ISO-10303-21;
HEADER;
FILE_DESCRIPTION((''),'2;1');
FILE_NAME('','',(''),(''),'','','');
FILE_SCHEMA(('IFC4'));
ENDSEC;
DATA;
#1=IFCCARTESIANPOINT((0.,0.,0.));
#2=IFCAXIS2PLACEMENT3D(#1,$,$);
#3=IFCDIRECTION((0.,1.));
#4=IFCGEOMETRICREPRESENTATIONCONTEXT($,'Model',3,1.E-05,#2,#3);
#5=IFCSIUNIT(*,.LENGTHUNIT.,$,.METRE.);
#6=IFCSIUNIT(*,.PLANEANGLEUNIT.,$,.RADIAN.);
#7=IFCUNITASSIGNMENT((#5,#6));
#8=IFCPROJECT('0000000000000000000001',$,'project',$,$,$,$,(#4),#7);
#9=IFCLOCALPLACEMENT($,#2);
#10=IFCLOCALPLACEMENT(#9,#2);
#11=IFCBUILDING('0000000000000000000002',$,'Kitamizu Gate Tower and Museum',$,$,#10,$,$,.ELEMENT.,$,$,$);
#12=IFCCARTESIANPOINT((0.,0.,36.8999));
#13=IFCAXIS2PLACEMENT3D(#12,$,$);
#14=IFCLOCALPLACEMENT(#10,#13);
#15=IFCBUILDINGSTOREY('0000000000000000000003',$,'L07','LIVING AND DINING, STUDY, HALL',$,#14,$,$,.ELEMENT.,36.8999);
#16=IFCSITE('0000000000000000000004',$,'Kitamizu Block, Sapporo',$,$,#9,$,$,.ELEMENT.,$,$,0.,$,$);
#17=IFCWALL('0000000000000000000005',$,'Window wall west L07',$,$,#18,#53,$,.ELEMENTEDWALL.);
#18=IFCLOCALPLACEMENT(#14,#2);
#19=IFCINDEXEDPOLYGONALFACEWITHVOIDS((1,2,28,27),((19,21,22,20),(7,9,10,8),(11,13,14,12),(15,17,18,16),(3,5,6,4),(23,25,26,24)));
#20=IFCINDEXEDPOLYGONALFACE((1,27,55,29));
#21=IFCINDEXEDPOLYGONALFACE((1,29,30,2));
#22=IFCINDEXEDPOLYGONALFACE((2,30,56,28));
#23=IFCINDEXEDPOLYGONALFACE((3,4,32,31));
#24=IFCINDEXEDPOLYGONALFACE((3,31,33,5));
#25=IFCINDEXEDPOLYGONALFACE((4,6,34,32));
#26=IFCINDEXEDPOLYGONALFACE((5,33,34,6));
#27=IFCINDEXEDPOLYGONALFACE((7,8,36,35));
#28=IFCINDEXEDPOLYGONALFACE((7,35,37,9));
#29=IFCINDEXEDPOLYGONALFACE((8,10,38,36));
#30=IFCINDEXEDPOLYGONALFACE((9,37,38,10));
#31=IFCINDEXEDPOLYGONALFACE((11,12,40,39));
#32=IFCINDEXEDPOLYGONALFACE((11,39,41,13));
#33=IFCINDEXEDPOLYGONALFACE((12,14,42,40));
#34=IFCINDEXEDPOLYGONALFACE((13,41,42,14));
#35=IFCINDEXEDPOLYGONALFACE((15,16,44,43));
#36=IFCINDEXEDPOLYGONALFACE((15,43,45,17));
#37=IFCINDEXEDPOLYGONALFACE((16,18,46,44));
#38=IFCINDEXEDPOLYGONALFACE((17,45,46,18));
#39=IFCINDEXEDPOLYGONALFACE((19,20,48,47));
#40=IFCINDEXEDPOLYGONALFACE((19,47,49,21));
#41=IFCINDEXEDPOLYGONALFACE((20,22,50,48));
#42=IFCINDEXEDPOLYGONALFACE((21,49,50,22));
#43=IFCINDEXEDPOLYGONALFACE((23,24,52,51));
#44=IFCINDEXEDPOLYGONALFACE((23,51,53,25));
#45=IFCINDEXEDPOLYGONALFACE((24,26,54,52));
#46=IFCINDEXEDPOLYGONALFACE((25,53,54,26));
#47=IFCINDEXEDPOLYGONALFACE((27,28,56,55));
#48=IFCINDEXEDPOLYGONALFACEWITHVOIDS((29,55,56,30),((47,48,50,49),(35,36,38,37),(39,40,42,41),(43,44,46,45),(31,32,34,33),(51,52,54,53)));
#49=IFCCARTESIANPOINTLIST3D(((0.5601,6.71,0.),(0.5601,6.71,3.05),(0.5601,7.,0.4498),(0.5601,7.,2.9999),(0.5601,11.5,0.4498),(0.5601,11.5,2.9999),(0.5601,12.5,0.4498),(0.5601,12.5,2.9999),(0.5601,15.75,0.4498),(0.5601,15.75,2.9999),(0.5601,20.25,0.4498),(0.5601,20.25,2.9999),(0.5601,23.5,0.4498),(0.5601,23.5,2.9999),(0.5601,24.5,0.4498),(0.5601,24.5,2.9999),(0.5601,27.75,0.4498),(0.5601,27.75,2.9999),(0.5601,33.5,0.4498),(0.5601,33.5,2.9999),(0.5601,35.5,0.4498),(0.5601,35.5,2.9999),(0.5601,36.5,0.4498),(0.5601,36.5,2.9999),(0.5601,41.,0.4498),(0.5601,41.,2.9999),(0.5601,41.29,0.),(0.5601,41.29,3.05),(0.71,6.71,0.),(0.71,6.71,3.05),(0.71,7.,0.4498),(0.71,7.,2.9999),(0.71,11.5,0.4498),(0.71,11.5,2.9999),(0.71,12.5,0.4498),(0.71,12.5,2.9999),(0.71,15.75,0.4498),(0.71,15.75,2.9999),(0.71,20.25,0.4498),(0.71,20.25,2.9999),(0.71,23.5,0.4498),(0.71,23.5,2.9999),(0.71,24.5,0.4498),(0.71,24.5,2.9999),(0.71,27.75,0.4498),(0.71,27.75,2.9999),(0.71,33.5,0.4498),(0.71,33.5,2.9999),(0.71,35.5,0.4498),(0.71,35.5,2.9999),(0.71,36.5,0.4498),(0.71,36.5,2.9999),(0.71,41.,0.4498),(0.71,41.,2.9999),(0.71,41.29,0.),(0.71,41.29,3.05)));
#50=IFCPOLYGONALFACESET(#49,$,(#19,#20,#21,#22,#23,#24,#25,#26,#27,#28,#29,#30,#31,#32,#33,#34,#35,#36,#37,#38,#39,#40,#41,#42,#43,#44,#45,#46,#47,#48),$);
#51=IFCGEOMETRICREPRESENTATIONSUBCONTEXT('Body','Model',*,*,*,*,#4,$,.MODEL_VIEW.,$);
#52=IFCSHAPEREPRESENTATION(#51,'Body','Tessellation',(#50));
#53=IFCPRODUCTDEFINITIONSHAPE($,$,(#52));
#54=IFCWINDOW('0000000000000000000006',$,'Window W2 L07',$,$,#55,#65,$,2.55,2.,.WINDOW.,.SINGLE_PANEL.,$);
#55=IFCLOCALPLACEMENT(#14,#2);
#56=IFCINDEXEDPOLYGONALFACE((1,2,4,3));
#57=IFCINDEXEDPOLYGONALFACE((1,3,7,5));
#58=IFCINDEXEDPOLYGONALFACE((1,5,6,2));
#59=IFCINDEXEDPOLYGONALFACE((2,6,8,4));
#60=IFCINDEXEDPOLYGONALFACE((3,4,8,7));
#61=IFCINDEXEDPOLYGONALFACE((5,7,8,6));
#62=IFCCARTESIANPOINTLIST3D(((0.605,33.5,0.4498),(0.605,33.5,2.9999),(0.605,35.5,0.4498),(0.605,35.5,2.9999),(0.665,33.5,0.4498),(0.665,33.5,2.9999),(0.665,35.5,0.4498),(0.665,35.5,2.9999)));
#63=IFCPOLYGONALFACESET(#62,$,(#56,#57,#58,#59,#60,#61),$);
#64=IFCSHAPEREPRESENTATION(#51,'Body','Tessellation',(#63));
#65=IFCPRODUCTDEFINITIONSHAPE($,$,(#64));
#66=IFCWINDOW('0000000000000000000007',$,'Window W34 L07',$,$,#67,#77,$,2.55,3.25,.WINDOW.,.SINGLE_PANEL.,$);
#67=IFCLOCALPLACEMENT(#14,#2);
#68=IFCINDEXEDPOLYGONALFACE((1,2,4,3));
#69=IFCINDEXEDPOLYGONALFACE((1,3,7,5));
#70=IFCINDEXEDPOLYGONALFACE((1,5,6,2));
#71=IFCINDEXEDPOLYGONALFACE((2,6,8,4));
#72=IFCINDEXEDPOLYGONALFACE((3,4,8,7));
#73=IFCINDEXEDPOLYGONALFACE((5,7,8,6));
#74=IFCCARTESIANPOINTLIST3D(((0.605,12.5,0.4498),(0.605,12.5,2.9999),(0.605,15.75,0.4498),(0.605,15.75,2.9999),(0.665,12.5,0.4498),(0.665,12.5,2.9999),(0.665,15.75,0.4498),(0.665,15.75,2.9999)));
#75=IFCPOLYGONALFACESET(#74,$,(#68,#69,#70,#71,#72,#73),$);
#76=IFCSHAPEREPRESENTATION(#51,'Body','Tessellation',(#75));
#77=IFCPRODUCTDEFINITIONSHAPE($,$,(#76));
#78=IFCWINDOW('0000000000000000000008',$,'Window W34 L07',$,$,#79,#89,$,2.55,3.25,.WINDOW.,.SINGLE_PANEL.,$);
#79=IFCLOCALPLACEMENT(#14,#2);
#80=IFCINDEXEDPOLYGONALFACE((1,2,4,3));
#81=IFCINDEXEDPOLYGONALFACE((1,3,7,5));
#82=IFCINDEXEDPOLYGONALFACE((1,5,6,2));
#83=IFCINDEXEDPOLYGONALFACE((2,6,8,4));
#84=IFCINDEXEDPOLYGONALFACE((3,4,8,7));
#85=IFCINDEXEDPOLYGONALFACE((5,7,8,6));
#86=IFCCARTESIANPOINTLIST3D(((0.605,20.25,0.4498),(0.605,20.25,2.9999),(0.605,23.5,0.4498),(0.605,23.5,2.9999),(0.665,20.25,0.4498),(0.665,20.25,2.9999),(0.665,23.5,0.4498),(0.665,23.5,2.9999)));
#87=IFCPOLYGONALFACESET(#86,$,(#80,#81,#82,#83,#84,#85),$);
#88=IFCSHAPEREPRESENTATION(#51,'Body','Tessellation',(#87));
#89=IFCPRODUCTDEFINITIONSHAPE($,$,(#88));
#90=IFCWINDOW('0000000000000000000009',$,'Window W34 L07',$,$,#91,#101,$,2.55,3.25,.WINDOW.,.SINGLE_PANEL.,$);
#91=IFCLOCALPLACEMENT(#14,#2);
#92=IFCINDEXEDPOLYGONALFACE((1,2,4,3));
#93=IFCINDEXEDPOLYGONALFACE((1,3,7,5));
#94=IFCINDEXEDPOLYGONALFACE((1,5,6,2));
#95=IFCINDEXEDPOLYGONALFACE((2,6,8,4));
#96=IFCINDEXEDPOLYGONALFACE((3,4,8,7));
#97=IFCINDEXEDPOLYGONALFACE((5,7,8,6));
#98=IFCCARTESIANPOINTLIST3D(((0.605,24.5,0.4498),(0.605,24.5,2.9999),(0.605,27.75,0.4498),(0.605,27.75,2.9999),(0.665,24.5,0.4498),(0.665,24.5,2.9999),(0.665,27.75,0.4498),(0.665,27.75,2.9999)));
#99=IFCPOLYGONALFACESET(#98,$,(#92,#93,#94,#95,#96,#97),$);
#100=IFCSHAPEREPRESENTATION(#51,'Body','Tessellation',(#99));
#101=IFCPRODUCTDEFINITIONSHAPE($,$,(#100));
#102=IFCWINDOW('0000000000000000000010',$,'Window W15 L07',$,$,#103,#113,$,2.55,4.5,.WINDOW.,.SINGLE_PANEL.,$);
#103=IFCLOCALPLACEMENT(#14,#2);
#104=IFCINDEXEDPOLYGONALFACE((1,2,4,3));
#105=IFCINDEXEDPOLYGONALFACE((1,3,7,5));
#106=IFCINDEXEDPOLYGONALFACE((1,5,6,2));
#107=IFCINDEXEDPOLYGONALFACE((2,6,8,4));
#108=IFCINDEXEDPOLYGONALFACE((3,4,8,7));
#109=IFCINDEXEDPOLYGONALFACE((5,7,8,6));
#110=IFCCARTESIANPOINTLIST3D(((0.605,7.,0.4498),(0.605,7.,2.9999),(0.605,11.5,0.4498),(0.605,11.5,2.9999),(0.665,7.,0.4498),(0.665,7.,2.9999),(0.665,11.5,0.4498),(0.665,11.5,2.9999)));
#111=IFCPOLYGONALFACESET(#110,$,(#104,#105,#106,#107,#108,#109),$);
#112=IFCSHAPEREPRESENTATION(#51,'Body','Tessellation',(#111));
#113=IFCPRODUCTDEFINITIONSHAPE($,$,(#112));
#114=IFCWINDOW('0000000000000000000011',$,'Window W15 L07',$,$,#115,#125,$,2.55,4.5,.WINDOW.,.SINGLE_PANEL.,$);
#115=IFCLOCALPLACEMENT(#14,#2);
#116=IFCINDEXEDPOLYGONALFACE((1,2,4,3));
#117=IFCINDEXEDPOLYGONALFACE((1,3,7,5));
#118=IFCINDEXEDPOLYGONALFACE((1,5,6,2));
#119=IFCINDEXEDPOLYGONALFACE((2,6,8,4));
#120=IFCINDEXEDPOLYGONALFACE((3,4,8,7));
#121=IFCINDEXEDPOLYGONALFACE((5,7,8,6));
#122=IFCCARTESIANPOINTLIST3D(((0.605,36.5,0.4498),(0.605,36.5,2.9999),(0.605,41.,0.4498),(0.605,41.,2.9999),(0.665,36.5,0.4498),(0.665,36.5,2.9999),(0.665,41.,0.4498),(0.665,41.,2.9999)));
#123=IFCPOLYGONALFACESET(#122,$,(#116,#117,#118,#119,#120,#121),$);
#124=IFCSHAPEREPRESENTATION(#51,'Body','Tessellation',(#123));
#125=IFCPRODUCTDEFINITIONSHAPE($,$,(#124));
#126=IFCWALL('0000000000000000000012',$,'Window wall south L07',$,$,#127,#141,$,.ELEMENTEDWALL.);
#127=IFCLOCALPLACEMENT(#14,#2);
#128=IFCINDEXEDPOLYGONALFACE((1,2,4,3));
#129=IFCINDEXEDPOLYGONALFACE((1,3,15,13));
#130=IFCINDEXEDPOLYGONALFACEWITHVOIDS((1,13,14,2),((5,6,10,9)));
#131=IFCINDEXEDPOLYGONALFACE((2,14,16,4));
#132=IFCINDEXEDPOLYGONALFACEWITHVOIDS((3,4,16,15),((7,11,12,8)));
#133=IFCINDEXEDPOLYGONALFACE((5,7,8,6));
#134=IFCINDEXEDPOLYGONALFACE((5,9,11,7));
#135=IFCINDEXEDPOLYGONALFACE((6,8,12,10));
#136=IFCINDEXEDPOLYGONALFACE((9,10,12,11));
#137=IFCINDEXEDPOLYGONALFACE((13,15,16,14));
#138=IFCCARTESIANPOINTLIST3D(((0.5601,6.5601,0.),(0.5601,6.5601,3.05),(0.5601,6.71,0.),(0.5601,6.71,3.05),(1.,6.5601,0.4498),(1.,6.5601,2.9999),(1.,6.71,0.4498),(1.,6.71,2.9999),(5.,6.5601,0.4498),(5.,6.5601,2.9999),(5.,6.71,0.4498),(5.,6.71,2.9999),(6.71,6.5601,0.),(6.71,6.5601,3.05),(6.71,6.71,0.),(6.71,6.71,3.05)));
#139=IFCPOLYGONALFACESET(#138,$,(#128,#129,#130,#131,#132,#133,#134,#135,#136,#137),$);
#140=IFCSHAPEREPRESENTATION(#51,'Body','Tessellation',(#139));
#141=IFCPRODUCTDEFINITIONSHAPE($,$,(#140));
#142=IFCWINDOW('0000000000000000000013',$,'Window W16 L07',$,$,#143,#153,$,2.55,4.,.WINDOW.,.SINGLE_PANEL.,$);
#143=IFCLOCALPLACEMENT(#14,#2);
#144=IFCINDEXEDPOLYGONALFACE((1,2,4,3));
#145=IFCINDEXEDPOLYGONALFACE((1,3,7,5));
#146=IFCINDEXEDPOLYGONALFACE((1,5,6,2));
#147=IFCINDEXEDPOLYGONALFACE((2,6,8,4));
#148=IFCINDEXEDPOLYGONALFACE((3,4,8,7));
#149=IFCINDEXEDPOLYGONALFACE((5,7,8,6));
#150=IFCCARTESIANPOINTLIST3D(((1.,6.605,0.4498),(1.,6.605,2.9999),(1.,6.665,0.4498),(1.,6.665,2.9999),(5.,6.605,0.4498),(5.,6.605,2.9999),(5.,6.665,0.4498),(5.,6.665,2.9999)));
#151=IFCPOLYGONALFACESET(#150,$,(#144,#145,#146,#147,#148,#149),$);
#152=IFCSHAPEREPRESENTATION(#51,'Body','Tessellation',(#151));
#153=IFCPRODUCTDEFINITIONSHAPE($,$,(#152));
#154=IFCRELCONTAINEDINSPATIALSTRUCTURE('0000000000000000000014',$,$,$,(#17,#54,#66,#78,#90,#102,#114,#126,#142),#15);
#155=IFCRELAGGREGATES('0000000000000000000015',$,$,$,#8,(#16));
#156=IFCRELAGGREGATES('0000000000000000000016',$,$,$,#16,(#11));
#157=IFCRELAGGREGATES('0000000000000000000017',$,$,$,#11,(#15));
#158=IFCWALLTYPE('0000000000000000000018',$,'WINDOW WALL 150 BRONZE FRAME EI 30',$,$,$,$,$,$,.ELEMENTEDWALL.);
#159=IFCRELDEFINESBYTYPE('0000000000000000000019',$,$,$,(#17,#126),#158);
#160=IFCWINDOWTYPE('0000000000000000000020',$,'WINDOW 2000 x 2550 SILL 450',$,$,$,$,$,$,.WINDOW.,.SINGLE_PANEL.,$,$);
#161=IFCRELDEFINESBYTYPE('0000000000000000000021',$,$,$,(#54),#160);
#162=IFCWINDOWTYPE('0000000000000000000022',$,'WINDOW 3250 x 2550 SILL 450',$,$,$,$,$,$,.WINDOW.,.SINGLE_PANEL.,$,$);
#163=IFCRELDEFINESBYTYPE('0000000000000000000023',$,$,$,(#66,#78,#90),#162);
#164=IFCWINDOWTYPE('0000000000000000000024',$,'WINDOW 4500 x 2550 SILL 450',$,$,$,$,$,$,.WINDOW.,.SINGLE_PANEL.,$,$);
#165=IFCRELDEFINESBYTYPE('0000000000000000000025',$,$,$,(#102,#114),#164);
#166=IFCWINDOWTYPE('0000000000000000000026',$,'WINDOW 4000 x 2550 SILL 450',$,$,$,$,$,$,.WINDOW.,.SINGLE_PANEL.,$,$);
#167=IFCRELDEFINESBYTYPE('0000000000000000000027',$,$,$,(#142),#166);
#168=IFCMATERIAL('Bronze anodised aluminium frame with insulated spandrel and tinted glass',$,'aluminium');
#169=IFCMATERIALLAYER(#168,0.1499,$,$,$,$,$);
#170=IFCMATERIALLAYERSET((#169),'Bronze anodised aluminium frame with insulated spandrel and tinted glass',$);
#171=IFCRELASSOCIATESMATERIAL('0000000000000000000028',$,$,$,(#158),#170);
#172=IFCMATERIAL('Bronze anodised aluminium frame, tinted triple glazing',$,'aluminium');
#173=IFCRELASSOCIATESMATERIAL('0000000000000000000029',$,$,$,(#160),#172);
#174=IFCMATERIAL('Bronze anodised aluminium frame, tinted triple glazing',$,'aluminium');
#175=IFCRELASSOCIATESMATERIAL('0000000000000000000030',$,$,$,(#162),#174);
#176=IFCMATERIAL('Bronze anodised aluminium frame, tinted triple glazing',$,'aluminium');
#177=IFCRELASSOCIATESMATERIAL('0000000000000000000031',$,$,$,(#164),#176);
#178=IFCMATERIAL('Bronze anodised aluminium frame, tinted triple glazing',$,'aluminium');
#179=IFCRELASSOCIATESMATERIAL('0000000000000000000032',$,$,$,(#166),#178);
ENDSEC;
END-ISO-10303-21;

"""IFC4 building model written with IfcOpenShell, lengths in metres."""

from ifc_helpers import new_model, si_unit, direction, frame, frame_2d, origin, place, context, subcontext, project, spatial, rectangle, extrude, material, layer, layer_set, type_object, element, fill, save


model = new_model("IFC4")

# Units and contexts
model_context = context("Model", 3, precision=1e-05, world=origin(), true_north=direction((0.0, 1.0)))
body_context = subcontext(model_context, "Body", "Model", "MODEL_VIEW")
ifc_project = project(units=[si_unit("LENGTHUNIT", "METRE"), si_unit("PLANEANGLEUNIT", "RADIAN")], contexts=[model_context])

# Site, building, storey
site_placement = place(None, origin())
site = spatial("IfcSite", under=ifc_project, at=site_placement, Name="Kitamizu Block, Sapporo", CompositionType="ELEMENT", RefElevation=0.0)
building_placement = place(site_placement, origin())
building = spatial("IfcBuilding", under=site, at=building_placement, Name="Kitamizu Gate Tower and Museum", CompositionType="ELEMENT")
storey_placement = place(building_placement, frame((0.0, 0.0, 36.8999)))
storey = spatial("IfcBuildingStorey", under=building, at=storey_placement, Name="L07", Description="LIVING AND DINING, STUDY, HALL", CompositionType="ELEMENT", Elevation=36.8999)

# Wall, openings, windows
ifc_material_1 = material(Name="Bronze anodised aluminium frame with insulated spandrel and tinted glass", Category="aluminium")
ifc_layer_1 = layer(ifc_material_1, 0.1499)
ifc_layer_set_1 = layer_set([ifc_layer_1], Name="Bronze anodised aluminium frame with insulated spandrel and tinted glass")
wall_type = type_object("IfcWallType", Name="WINDOW WALL 150 BRONZE FRAME EI 30", PredefinedType="ELEMENTEDWALL", material=ifc_layer_set_1)
wall_1_placement = place(storey_placement, frame((0.635, 6.71, 0.0), z_axis=(0.0, 0.0, 1.0), x_axis=(0.0, 1.0, 0.0)))
wall_1 = element("IfcWall", 1, at=wall_1_placement, inside=storey, type_object=wall_type, Name="Window wall west L07", PredefinedType="ELEMENTEDWALL", context=body_context, shape_type="SweptSolid", body=[
    extrude(rectangle(XDim=34.5801, YDim=0.1499, at=frame_2d((17.29, 0.0))), origin(), (0.0, 0.0, 1.0), 3.05),
])
opening_1_placement = place(wall_1_placement, frame((0.29, 0.0, 0.45)))
opening_1 = element("IfcOpeningElement", 2, at=opening_1_placement, cuts=wall_1, PredefinedType="OPENING", context=body_context, shape_type="SweptSolid", body=[
    extrude(rectangle(XDim=4.5, YDim=2.55, at=frame_2d((2.25, 1.2749))), frame((0.0, 0.085, 0.0), z_axis=(0.0, -1.0, 0.0), x_axis=(1.0, 0.0, 0.0)), (0.0, 0.0, 1.0), 0.1699),
])
opening_2_placement = place(wall_1_placement, frame((5.79, 0.0, 0.45)))
opening_2 = element("IfcOpeningElement", 3, at=opening_2_placement, cuts=wall_1, PredefinedType="OPENING", context=body_context, shape_type="SweptSolid", body=[
    extrude(rectangle(XDim=3.25, YDim=2.55, at=frame_2d((1.625, 1.2749))), frame((0.0, 0.085, 0.0), z_axis=(0.0, -1.0, 0.0), x_axis=(1.0, 0.0, 0.0)), (0.0, 0.0, 1.0), 0.1699),
])
opening_3_placement = place(wall_1_placement, frame((13.54, 0.0, 0.45)))
opening_3 = element("IfcOpeningElement", 4, at=opening_3_placement, cuts=wall_1, PredefinedType="OPENING", context=body_context, shape_type="SweptSolid", body=[
    extrude(rectangle(XDim=3.25, YDim=2.55, at=frame_2d((1.625, 1.2749))), frame((0.0, 0.085, 0.0), z_axis=(0.0, -1.0, 0.0), x_axis=(1.0, 0.0, 0.0)), (0.0, 0.0, 1.0), 0.1699),
])
opening_4_placement = place(wall_1_placement, frame((17.79, 0.0, 0.45)))
opening_4 = element("IfcOpeningElement", 5, at=opening_4_placement, cuts=wall_1, PredefinedType="OPENING", context=body_context, shape_type="SweptSolid", body=[
    extrude(rectangle(XDim=3.25, YDim=2.55, at=frame_2d((1.625, 1.2749))), frame((0.0, 0.085, 0.0), z_axis=(0.0, -1.0, 0.0), x_axis=(1.0, 0.0, 0.0)), (0.0, 0.0, 1.0), 0.1699),
])
opening_5_placement = place(wall_1_placement, frame((26.79, 0.0, 0.45)))
opening_5 = element("IfcOpeningElement", 6, at=opening_5_placement, cuts=wall_1, PredefinedType="OPENING", context=body_context, shape_type="SweptSolid", body=[
    extrude(rectangle(XDim=2.0, YDim=2.55, at=frame_2d((1.0, 1.2749))), frame((0.0, 0.085, 0.0), z_axis=(0.0, -1.0, 0.0), x_axis=(1.0, 0.0, 0.0)), (0.0, 0.0, 1.0), 0.1699),
])
opening_6_placement = place(wall_1_placement, frame((29.79, 0.0, 0.45)))
opening_6 = element("IfcOpeningElement", 7, at=opening_6_placement, cuts=wall_1, PredefinedType="OPENING", context=body_context, shape_type="SweptSolid", body=[
    extrude(rectangle(XDim=4.5, YDim=2.55, at=frame_2d((2.25, 1.2749))), frame((0.0, 0.085, 0.0), z_axis=(0.0, -1.0, 0.0), x_axis=(1.0, 0.0, 0.0)), (0.0, 0.0, 1.0), 0.1699),
])
ifc_material_2 = material(Name="Bronze anodised aluminium frame, tinted triple glazing", Category="aluminium")
window_type_1 = type_object("IfcWindowType", Name="WINDOW 2000 x 2550 SILL 450", PartitioningType="SINGLE_PANEL", PredefinedType="WINDOW", material=ifc_material_2)
window_1_placement = place(opening_5_placement, origin())
window_1 = element("IfcWindow", 8, at=window_1_placement, inside=storey, type_object=window_type_1, Name="Window W2 L07", OverallHeight=2.55, OverallWidth=2.0, PartitioningType="SINGLE_PANEL", PredefinedType="WINDOW", context=body_context, shape_type="SweptSolid", body=[
    extrude(rectangle(XDim=2.0, YDim=2.55, at=frame_2d((1.0, 1.2749))), frame((0.0, 0.03, 0.0), z_axis=(0.0, -1.0, 0.0), x_axis=(1.0, 0.0, 0.0)), (0.0, 0.0, 1.0), 0.0601),
])
fill(opening_5, window_1)
ifc_material_3 = material(Name="Bronze anodised aluminium frame, tinted triple glazing", Category="aluminium")
window_type_2 = type_object("IfcWindowType", Name="WINDOW 3250 x 2550 SILL 450", PartitioningType="SINGLE_PANEL", PredefinedType="WINDOW", material=ifc_material_3)
window_2_placement = place(opening_2_placement, origin())
window_2 = element("IfcWindow", 9, at=window_2_placement, inside=storey, type_object=window_type_2, Name="Window W34 L07", OverallHeight=2.55, OverallWidth=3.25, PartitioningType="SINGLE_PANEL", PredefinedType="WINDOW", context=body_context, shape_type="SweptSolid", body=[
    extrude(rectangle(XDim=3.25, YDim=2.55, at=frame_2d((1.625, 1.2749))), frame((0.0, 0.03, 0.0), z_axis=(0.0, -1.0, 0.0), x_axis=(1.0, 0.0, 0.0)), (0.0, 0.0, 1.0), 0.0601),
])
fill(opening_2, window_2)
window_3_placement = place(opening_3_placement, origin())
window_3 = element("IfcWindow", 10, at=window_3_placement, inside=storey, type_object=window_type_2, Name="Window W34 L07", OverallHeight=2.55, OverallWidth=3.25, PartitioningType="SINGLE_PANEL", PredefinedType="WINDOW", context=body_context, shape_type="SweptSolid", body=[
    extrude(rectangle(XDim=3.25, YDim=2.55, at=frame_2d((1.625, 1.2749))), frame((0.0, 0.03, 0.0), z_axis=(0.0, -1.0, 0.0), x_axis=(1.0, 0.0, 0.0)), (0.0, 0.0, 1.0), 0.0601),
])
fill(opening_3, window_3)
window_4_placement = place(opening_4_placement, origin())
window_4 = element("IfcWindow", 11, at=window_4_placement, inside=storey, type_object=window_type_2, Name="Window W34 L07", OverallHeight=2.55, OverallWidth=3.25, PartitioningType="SINGLE_PANEL", PredefinedType="WINDOW", context=body_context, shape_type="SweptSolid", body=[
    extrude(rectangle(XDim=3.25, YDim=2.55, at=frame_2d((1.625, 1.2749))), frame((0.0, 0.03, 0.0), z_axis=(0.0, -1.0, 0.0), x_axis=(1.0, 0.0, 0.0)), (0.0, 0.0, 1.0), 0.0601),
])
fill(opening_4, window_4)
ifc_material_4 = material(Name="Bronze anodised aluminium frame, tinted triple glazing", Category="aluminium")
window_type_3 = type_object("IfcWindowType", Name="WINDOW 4500 x 2550 SILL 450", PartitioningType="SINGLE_PANEL", PredefinedType="WINDOW", material=ifc_material_4)
window_5_placement = place(opening_1_placement, origin())
window_5 = element("IfcWindow", 12, at=window_5_placement, inside=storey, type_object=window_type_3, Name="Window W15 L07", OverallHeight=2.55, OverallWidth=4.5, PartitioningType="SINGLE_PANEL", PredefinedType="WINDOW", context=body_context, shape_type="SweptSolid", body=[
    extrude(rectangle(XDim=4.5, YDim=2.55, at=frame_2d((2.25, 1.2749))), frame((0.0, 0.03, 0.0), z_axis=(0.0, -1.0, 0.0), x_axis=(1.0, 0.0, 0.0)), (0.0, 0.0, 1.0), 0.0601),
])
fill(opening_1, window_5)
window_6_placement = place(opening_6_placement, origin())
window_6 = element("IfcWindow", 13, at=window_6_placement, inside=storey, type_object=window_type_3, Name="Window W15 L07", OverallHeight=2.55, OverallWidth=4.5, PartitioningType="SINGLE_PANEL", PredefinedType="WINDOW", context=body_context, shape_type="SweptSolid", body=[
    extrude(rectangle(XDim=4.5, YDim=2.55, at=frame_2d((2.25, 1.2749))), frame((0.0, 0.03, 0.0), z_axis=(0.0, -1.0, 0.0), x_axis=(1.0, 0.0, 0.0)), (0.0, 0.0, 1.0), 0.0601),
])
fill(opening_6, window_6)

# Wall, opening, window
wall_2_placement = place(storey_placement, frame((0.5601, 6.635, 0.0), z_axis=(0.0, 0.0, 1.0), x_axis=(1.0, 0.0, 0.0)))
wall_2 = element("IfcWall", 14, at=wall_2_placement, inside=storey, type_object=wall_type, Name="Window wall south L07", PredefinedType="ELEMENTEDWALL", context=body_context, shape_type="SweptSolid", body=[
    extrude(rectangle(XDim=6.1499, YDim=0.1499, at=frame_2d((3.075, 0.0))), origin(), (0.0, 0.0, 1.0), 3.05),
])
opening_7_placement = place(wall_2_placement, frame((0.4399, 0.0, 0.45)))
opening_7 = element("IfcOpeningElement", 15, at=opening_7_placement, cuts=wall_2, PredefinedType="OPENING", context=body_context, shape_type="SweptSolid", body=[
    extrude(rectangle(XDim=4.0, YDim=2.55, at=frame_2d((2.0, 1.2749))), frame((0.0, 0.085, 0.0), z_axis=(0.0, -1.0, 0.0), x_axis=(1.0, 0.0, 0.0)), (0.0, 0.0, 1.0), 0.1699),
])
ifc_material_5 = material(Name="Bronze anodised aluminium frame, tinted triple glazing", Category="aluminium")
window_type_4 = type_object("IfcWindowType", Name="WINDOW 4000 x 2550 SILL 450", PartitioningType="SINGLE_PANEL", PredefinedType="WINDOW", material=ifc_material_5)
window_7_placement = place(opening_7_placement, origin())
window_7 = element("IfcWindow", 16, at=window_7_placement, inside=storey, type_object=window_type_4, Name="Window W16 L07", OverallHeight=2.55, OverallWidth=4.0, PartitioningType="SINGLE_PANEL", PredefinedType="WINDOW", context=body_context, shape_type="SweptSolid", body=[
    extrude(rectangle(XDim=4.0, YDim=2.55, at=frame_2d((2.0, 1.2749))), frame((0.0, 0.03, 0.0), z_axis=(0.0, -1.0, 0.0), x_axis=(1.0, 0.0, 0.0)), (0.0, 0.0, 1.0), 0.0601),
])
fill(opening_7, window_7)

save(model, "model.ifc")
